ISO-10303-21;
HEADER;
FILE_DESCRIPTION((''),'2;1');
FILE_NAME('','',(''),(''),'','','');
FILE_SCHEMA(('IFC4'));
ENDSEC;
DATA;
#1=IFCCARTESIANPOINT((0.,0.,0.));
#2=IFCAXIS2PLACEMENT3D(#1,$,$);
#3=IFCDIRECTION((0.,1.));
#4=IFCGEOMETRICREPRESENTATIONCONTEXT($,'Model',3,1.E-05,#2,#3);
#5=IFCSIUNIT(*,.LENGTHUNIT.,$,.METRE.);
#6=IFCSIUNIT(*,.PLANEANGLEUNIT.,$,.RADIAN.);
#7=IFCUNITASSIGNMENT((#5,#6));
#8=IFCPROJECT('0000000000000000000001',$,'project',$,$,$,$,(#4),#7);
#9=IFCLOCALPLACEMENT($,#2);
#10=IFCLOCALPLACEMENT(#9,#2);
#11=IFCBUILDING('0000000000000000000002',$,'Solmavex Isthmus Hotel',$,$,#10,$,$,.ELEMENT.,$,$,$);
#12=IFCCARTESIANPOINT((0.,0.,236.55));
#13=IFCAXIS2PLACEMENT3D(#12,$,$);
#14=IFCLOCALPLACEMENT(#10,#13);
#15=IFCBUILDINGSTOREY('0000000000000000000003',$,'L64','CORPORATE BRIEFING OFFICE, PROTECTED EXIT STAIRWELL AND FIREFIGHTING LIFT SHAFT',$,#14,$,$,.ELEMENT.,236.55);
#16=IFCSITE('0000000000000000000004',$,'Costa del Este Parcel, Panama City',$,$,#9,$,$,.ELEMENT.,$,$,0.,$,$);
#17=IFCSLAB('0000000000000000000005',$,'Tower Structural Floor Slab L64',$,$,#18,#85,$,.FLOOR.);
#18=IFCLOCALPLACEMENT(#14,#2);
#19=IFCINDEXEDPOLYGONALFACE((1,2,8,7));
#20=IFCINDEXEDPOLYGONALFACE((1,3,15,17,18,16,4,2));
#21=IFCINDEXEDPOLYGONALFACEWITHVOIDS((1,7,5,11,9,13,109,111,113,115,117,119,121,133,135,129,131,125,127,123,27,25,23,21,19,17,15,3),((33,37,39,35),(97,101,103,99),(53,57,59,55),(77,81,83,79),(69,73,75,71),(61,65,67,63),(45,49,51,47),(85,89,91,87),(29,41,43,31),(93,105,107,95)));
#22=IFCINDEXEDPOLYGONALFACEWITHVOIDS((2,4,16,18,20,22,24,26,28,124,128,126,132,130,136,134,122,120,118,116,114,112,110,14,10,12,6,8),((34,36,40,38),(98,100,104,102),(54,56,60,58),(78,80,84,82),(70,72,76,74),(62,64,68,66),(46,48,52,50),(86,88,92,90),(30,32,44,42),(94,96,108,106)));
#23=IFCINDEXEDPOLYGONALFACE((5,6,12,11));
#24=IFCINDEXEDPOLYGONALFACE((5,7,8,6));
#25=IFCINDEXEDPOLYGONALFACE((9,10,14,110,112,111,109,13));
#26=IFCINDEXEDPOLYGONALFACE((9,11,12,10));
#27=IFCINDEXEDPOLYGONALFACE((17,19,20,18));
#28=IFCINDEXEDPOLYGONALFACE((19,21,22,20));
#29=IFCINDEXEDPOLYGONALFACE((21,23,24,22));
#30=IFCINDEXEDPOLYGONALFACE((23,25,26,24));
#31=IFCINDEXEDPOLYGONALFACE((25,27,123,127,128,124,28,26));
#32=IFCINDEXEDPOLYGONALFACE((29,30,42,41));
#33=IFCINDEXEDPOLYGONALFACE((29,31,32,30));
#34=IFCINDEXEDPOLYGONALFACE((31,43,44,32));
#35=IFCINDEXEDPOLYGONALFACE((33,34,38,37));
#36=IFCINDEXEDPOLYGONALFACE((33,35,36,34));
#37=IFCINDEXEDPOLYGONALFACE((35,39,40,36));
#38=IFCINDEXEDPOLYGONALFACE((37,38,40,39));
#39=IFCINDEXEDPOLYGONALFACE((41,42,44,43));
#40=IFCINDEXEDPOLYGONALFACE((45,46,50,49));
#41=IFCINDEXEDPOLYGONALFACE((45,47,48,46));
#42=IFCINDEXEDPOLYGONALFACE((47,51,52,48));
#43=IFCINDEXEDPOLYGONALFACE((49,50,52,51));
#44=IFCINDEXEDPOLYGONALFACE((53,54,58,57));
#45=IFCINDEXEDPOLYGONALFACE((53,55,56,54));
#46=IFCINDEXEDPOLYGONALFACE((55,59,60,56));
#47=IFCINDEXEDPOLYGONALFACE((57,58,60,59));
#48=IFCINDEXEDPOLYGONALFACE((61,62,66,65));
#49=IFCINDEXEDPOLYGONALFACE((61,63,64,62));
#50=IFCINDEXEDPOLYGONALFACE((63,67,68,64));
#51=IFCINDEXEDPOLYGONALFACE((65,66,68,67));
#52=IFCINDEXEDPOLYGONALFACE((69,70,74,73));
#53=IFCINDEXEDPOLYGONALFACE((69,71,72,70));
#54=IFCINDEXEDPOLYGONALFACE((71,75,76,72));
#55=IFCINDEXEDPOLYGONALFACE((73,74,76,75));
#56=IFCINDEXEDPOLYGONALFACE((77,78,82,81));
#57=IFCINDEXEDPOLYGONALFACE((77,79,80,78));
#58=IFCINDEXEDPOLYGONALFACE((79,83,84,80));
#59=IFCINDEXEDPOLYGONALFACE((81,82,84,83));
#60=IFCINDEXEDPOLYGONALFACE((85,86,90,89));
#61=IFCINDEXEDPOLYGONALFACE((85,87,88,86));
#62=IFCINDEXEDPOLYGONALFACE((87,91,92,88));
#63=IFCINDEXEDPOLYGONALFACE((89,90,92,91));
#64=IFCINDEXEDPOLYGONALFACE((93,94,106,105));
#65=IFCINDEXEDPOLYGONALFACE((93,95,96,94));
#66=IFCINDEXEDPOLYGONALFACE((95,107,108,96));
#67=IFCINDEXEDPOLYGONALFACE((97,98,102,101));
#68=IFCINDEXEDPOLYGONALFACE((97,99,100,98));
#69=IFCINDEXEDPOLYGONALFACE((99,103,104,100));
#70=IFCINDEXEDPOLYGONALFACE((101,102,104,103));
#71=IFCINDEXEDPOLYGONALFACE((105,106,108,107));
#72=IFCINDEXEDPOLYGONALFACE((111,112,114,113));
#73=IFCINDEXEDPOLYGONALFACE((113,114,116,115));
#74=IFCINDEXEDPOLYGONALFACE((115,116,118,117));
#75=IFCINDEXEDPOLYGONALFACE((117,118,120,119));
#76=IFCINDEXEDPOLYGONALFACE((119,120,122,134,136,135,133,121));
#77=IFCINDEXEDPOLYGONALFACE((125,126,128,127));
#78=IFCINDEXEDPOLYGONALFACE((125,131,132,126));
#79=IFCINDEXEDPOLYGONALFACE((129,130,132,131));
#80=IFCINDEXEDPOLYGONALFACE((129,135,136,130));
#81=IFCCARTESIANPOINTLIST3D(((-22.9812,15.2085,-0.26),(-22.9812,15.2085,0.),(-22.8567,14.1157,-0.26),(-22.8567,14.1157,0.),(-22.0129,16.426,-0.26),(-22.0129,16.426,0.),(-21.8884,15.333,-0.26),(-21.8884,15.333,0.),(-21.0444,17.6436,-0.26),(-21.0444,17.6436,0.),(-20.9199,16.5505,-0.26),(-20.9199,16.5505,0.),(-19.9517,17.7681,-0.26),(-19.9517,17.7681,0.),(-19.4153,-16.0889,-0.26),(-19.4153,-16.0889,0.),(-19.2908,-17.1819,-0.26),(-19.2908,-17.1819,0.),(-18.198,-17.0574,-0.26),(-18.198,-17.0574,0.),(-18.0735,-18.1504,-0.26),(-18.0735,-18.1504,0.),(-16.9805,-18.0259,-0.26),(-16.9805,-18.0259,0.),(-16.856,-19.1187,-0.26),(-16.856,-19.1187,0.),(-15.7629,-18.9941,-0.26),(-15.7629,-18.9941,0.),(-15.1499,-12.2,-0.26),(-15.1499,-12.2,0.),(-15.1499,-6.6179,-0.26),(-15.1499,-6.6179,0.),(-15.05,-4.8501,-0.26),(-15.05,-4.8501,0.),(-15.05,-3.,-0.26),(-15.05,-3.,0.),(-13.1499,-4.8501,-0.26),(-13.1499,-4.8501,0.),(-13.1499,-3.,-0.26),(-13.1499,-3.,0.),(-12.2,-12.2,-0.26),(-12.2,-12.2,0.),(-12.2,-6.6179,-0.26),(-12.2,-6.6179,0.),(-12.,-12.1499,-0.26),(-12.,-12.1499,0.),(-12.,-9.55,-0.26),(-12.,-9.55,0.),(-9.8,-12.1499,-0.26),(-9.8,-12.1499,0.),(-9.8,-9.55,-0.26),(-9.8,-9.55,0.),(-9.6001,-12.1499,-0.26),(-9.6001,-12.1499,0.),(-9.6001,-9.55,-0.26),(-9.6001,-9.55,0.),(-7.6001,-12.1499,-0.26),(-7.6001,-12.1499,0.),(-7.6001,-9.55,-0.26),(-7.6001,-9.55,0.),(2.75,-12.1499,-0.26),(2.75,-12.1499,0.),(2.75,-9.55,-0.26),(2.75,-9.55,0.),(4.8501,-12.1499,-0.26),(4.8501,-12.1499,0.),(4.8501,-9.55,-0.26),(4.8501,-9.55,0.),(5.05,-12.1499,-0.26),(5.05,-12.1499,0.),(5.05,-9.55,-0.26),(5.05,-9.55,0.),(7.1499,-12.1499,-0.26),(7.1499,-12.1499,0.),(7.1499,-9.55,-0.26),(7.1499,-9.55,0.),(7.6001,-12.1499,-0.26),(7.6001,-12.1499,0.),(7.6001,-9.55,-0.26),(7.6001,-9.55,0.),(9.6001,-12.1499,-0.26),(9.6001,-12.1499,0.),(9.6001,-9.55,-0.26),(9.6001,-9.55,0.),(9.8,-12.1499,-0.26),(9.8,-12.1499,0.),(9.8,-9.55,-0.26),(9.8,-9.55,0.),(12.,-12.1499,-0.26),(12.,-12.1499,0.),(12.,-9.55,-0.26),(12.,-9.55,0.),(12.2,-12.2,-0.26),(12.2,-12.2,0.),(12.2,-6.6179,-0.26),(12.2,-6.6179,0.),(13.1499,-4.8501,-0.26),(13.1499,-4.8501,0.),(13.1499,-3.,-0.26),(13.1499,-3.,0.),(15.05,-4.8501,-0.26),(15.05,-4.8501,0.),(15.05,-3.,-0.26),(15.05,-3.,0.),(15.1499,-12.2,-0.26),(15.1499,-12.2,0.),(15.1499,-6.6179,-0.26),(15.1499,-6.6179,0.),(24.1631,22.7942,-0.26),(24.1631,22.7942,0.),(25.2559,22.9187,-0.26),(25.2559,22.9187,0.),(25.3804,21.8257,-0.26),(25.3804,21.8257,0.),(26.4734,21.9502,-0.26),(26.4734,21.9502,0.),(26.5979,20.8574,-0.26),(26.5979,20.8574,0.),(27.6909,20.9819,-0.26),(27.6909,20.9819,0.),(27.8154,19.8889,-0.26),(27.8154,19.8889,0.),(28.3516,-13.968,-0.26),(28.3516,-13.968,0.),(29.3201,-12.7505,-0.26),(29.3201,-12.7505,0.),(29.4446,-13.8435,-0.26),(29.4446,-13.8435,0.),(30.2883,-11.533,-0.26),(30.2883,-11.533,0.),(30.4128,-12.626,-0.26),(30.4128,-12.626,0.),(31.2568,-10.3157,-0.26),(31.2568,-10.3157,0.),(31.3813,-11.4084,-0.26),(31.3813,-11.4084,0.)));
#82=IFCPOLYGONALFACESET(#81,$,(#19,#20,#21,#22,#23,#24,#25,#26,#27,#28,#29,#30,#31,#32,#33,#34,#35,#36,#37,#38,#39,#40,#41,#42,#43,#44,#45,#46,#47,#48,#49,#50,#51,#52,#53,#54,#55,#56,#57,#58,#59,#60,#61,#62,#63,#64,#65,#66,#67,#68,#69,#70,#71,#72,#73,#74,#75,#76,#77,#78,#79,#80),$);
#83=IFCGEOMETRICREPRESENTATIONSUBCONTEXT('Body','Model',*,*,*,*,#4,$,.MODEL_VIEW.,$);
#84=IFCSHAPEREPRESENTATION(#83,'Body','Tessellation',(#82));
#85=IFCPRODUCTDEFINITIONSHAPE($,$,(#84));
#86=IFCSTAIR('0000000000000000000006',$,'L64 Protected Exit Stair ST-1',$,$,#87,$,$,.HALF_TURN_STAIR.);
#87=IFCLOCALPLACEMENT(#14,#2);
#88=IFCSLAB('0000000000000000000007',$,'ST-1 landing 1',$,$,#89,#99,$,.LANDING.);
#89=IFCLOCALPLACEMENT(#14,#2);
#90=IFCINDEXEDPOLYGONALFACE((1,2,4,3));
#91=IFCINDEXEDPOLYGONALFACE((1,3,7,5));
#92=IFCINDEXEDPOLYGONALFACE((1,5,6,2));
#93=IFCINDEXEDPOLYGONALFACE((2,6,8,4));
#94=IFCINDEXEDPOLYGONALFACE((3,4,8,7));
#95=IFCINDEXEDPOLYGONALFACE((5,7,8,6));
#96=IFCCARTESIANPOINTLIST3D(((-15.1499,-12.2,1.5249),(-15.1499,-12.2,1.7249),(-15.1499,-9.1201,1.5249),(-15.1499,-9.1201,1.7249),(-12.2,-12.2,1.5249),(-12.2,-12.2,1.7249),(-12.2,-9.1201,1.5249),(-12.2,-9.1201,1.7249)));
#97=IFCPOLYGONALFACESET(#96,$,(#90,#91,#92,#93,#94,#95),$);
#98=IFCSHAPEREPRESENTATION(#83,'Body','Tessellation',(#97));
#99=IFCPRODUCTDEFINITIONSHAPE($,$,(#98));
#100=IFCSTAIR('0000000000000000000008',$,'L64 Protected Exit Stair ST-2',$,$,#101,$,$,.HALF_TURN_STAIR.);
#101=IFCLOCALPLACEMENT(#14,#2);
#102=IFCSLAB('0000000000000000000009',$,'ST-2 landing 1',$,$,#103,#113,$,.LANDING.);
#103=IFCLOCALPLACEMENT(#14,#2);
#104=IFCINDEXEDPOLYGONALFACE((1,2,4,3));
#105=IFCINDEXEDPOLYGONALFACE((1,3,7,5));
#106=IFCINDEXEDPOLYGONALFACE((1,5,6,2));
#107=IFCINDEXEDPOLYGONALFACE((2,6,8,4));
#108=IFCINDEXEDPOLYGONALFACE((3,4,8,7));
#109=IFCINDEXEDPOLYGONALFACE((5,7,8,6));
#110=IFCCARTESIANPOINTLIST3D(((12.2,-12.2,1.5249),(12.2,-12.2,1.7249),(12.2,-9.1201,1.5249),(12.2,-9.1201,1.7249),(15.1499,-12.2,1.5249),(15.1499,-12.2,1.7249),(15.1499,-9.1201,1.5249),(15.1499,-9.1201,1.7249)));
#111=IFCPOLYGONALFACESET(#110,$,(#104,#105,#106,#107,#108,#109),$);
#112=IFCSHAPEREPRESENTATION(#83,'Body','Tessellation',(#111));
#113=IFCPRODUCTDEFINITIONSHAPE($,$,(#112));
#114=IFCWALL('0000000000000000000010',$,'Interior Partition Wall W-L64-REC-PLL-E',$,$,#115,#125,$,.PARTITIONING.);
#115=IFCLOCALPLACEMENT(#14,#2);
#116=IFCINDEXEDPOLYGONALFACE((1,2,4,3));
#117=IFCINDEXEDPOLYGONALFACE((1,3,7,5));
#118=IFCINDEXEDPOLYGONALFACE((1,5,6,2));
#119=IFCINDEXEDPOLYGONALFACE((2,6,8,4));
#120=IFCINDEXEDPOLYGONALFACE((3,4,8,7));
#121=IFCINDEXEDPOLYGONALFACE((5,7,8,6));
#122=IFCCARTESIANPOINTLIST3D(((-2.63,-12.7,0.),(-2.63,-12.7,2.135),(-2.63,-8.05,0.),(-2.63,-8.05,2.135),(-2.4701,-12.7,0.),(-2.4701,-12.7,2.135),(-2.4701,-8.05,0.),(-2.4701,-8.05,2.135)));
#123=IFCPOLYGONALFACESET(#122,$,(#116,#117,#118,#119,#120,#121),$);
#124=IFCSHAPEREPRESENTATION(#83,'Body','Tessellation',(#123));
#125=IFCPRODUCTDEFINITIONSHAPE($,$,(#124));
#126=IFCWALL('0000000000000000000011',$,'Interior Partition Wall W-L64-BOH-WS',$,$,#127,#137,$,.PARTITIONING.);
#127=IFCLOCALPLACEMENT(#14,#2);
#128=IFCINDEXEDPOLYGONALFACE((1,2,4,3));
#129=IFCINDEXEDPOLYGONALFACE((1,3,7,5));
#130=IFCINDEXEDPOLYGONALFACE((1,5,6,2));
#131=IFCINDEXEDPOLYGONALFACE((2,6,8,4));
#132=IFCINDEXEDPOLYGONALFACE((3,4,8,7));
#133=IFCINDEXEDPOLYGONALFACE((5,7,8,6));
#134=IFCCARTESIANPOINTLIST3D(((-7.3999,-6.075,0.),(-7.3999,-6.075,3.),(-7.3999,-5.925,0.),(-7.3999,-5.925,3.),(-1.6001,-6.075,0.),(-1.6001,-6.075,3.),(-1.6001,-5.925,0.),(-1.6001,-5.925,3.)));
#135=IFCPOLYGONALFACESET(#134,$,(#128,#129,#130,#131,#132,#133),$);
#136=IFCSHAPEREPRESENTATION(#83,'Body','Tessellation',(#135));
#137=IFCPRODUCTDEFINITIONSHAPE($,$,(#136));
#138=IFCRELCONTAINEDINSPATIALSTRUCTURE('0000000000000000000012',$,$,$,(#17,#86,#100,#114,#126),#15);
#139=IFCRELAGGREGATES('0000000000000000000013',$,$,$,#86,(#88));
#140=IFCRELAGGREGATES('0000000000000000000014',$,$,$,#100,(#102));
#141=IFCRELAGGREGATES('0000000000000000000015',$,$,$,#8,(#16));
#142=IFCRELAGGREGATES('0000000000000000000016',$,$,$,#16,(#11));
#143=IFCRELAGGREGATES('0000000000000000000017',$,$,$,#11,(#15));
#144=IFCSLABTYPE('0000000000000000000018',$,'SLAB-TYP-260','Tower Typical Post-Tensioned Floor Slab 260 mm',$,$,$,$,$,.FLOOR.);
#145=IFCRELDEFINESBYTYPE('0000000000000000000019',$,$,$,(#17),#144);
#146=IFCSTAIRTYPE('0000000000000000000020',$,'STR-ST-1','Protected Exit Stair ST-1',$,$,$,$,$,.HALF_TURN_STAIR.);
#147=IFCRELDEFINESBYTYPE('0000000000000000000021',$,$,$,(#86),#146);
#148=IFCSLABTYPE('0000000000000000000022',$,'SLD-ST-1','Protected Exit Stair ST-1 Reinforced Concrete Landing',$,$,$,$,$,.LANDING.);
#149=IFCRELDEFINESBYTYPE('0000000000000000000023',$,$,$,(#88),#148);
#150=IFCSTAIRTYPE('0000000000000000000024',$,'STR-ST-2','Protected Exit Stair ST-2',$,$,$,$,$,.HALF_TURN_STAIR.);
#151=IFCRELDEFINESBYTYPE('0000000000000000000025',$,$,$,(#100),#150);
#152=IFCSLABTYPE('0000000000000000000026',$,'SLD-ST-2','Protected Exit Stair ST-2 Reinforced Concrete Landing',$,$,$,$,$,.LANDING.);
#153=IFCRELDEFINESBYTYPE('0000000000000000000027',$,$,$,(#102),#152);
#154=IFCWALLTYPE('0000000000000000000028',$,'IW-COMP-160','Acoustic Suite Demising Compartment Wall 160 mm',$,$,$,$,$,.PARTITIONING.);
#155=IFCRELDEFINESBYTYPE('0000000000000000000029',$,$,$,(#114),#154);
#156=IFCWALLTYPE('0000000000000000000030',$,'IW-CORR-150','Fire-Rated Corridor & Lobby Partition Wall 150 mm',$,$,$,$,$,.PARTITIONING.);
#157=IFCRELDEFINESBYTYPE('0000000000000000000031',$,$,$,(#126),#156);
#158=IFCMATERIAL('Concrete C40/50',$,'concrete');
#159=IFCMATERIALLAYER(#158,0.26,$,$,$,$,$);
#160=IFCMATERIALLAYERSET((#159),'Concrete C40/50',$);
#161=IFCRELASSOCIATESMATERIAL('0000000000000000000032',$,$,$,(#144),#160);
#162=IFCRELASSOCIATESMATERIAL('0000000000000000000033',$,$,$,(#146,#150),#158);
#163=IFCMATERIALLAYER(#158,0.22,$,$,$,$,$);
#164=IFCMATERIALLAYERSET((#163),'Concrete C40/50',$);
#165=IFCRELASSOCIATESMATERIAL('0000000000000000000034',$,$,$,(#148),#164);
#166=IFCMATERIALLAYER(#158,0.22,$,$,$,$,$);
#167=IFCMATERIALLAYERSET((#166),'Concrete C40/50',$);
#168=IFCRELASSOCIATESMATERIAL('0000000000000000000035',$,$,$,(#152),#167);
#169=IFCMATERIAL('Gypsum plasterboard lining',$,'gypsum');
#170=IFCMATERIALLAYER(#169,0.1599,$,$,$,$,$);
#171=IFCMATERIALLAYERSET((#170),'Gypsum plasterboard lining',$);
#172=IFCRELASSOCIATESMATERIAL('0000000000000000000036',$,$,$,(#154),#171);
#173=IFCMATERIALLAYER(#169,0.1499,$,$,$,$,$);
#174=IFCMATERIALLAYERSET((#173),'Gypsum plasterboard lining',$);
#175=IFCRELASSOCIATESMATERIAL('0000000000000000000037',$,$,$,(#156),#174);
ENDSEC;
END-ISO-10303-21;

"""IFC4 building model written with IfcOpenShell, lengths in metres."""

from ifc_helpers import new_model, si_unit, direction, frame, frame_2d, origin, place, context, subcontext, project, spatial, polyline, rectangle, outline, extrude, material, layer, layer_set, type_object, element, aggregate, save


model = new_model("IFC4")

# Units and contexts
model_context = context("Model", 3, precision=1e-05, world=origin(), true_north=direction((0.0, 1.0)))
body_context = subcontext(model_context, "Body", "Model", "MODEL_VIEW")
ifc_project = project(units=[si_unit("LENGTHUNIT", "METRE"), si_unit("PLANEANGLEUNIT", "RADIAN")], contexts=[model_context])

# Site, building, storey
site_placement = place(None, origin())
site = spatial("IfcSite", under=ifc_project, at=site_placement, Name="Costa del Este Parcel, Panama City", CompositionType="ELEMENT", RefElevation=0.0)
building_placement = place(site_placement, origin())
building = spatial("IfcBuilding", under=site, at=building_placement, Name="Solmavex Isthmus Hotel", CompositionType="ELEMENT")
storey_placement = place(building_placement, frame((0.0, 0.0, 236.55)))
storey = spatial("IfcBuildingStorey", under=building, at=storey_placement, Name="L64", Description="CORPORATE BRIEFING OFFICE, PROTECTED EXIT STAIRWELL AND FIREFIGHTING LIFT SHAFT", CompositionType="ELEMENT", Elevation=236.55)

# Slab
ifc_material_1 = material(Name="Concrete C40/50", Category="concrete")
ifc_layer_1 = layer(ifc_material_1, 0.26)
ifc_layer_set_1 = layer_set([ifc_layer_1], Name="Concrete C40/50")
slab_type_1 = type_object("IfcSlabType", Name="SLAB-TYP-260", Description="Tower Typical Post-Tensioned Floor Slab 260 mm", PredefinedType="FLOOR", material=ifc_layer_set_1)
slab_1_placement = place(storey_placement, frame((0.0, 0.0, -0.26)))
element("IfcSlab", 1, at=slab_1_placement, inside=storey, type_object=slab_type_1, Name="Tower Structural Floor Slab L64", PredefinedType="FLOOR", context=body_context, shape_type="SweptSolid", body=[
    extrude(outline(polyline([(-15.7629, -18.9941), (28.3516, -13.968), (29.4446, -13.8435), (29.3201, -12.7505), (30.4128, -12.626), (30.2883, -11.533), (31.3813, -11.4084), (31.2568, -10.3157), (27.8154, 19.8889), (27.6909, 20.9819), (26.5979, 20.8574), (26.4734, 21.9502), (25.3804, 21.8257), (25.2559, 22.9187), (24.1631, 22.7942), (-19.9517, 17.7681), (-21.0444, 17.6436), (-20.9199, 16.5505), (-22.0129, 16.426), (-21.8884, 15.333), (-22.9812, 15.2085), (-22.8567, 14.1157), (-19.4153, -16.0889), (-19.2908, -17.1819), (-18.198, -17.0574), (-18.0735, -18.1504), (-16.9805, -18.0259), (-16.856, -19.1187), (-15.7629, -18.9941)]), holes=[polyline([(-15.1499, -6.6179), (-15.1499, -12.2), (-12.2, -12.2), (-12.2, -6.6179), (-15.1499, -6.6179)]), polyline([(12.2, -6.6179), (12.2, -12.2), (15.1499, -12.2), (15.1499, -6.6179), (12.2, -6.6179)]), polyline([(-12.0, -12.1499), (-9.8, -12.1499), (-9.8, -9.55), (-12.0, -9.55), (-12.0, -12.1499)]), polyline([(9.8, -12.1499), (12.0, -12.1499), (12.0, -9.55), (9.8, -9.55), (9.8, -12.1499)]), polyline([(-9.6001, -12.1499), (-7.6001, -12.1499), (-7.6001, -9.55), (-9.6001, -9.55), (-9.6001, -12.1499)]), polyline([(7.6001, -12.1499), (9.6001, -12.1499), (9.6001, -9.55), (7.6001, -9.55), (7.6001, -12.1499)]), polyline([(2.75, -12.1499), (4.8501, -12.1499), (4.8501, -9.55), (2.75, -9.55), (2.75, -12.1499)]), polyline([(5.05, -12.1499), (7.1499, -12.1499), (7.1499, -9.55), (5.05, -9.55), (5.05, -12.1499)]), polyline([(-15.05, -4.8501), (-13.1499, -4.8501), (-13.1499, -3.0), (-15.05, -3.0), (-15.05, -4.8501)]), polyline([(13.1499, -4.8501), (15.05, -4.8501), (15.05, -3.0), (13.1499, -3.0), (13.1499, -4.8501)])]), origin(), (0.0, 0.0, 1.0), 0.26),
])

# Stairs, slabs
stair_type_1 = type_object("IfcStairType", Name="STR-ST-1", Description="Protected Exit Stair ST-1", PredefinedType="HALF_TURN_STAIR", material=ifc_material_1)
stair_1_placement = place(storey_placement, origin())
stair_1 = element("IfcStair", 2, at=stair_1_placement, inside=storey, type_object=stair_type_1, Name="L64 Protected Exit Stair ST-1", PredefinedType="HALF_TURN_STAIR")
ifc_layer_2 = layer(ifc_material_1, 0.22)
ifc_layer_set_2 = layer_set([ifc_layer_2], Name="Concrete C40/50")
slab_type_2 = type_object("IfcSlabType", Name="SLD-ST-1", Description="Protected Exit Stair ST-1 Reinforced Concrete Landing", PredefinedType="LANDING", material=ifc_layer_set_2)
slab_2_placement = place(storey_placement, frame((0.0, 0.0, 1.5249)))
slab_2 = element("IfcSlab", 3, at=slab_2_placement, type_object=slab_type_2, Name="ST-1 landing 1", PredefinedType="LANDING", context=body_context, shape_type="SweptSolid", body=[
    extrude(outline(polyline([(-15.1499, -9.1201), (-15.1499, -12.2), (-12.2, -12.2), (-12.2, -9.1201), (-15.1499, -9.1201)])), origin(), (0.0, 0.0, 1.0), 0.2),
])
aggregate(stair_1, [slab_2])
stair_type_2 = type_object("IfcStairType", Name="STR-ST-2", Description="Protected Exit Stair ST-2", PredefinedType="HALF_TURN_STAIR", material=ifc_material_1)
stair_2_placement = place(storey_placement, origin())
stair_2 = element("IfcStair", 4, at=stair_2_placement, inside=storey, type_object=stair_type_2, Name="L64 Protected Exit Stair ST-2", PredefinedType="HALF_TURN_STAIR")
ifc_layer_3 = layer(ifc_material_1, 0.22)
ifc_layer_set_3 = layer_set([ifc_layer_3], Name="Concrete C40/50")
slab_type_3 = type_object("IfcSlabType", Name="SLD-ST-2", Description="Protected Exit Stair ST-2 Reinforced Concrete Landing", PredefinedType="LANDING", material=ifc_layer_set_3)
slab_3_placement = place(storey_placement, frame((0.0, 0.0, 1.5249)))
slab_3 = element("IfcSlab", 5, at=slab_3_placement, type_object=slab_type_3, Name="ST-2 landing 1", PredefinedType="LANDING", context=body_context, shape_type="SweptSolid", body=[
    extrude(outline(polyline([(12.2, -9.1201), (12.2, -12.2), (15.1499, -12.2), (15.1499, -9.1201), (12.2, -9.1201)])), origin(), (0.0, 0.0, 1.0), 0.2),
])
aggregate(stair_2, [slab_3])

# Shared definitions
ifc_material_2 = material(Name="Gypsum plasterboard lining", Category="gypsum")
ifc_layer_4 = layer(ifc_material_2, 0.1599)
ifc_layer_set_4 = layer_set([ifc_layer_4], Name="Gypsum plasterboard lining")
wall_type_1 = type_object("IfcWallType", Name="IW-COMP-160", Description="Acoustic Suite Demising Compartment Wall 160 mm", PredefinedType="PARTITIONING", material=ifc_layer_set_4)

# Wall
wall_1_placement = place(storey_placement, frame((-2.55, -12.7, 0.0), z_axis=(0.0, 0.0, 1.0), x_axis=(0.0, 1.0, 0.0)))
element("IfcWall", 6, at=wall_1_placement, inside=storey, type_object=wall_type_1, Name="Interior Partition Wall W-L64-REC-PLL-E", PredefinedType="PARTITIONING", context=body_context, shape_type="SweptSolid", body=[
    extrude(rectangle(XDim=4.6499, YDim=0.1599, at=frame_2d((2.325, 0.0))), origin(), (0.0, 0.0, 1.0), 2.135),
])

# Wall
ifc_layer_5 = layer(ifc_material_2, 0.1499)
ifc_layer_set_5 = layer_set([ifc_layer_5], Name="Gypsum plasterboard lining")
wall_type_2 = type_object("IfcWallType", Name="IW-CORR-150", Description="Fire-Rated Corridor & Lobby Partition Wall 150 mm", PredefinedType="PARTITIONING", material=ifc_layer_set_5)
wall_2_placement = place(storey_placement, frame((-7.3999, -6.0, 0.0), z_axis=(0.0, 0.0, 1.0), x_axis=(1.0, 0.0, 0.0)))
element("IfcWall", 7, at=wall_2_placement, inside=storey, type_object=wall_type_2, Name="Interior Partition Wall W-L64-BOH-WS", PredefinedType="PARTITIONING", context=body_context, shape_type="SweptSolid", body=[
    extrude(rectangle(XDim=5.7998, YDim=0.1499, at=frame_2d((2.8999, 0.0))), origin(), (0.0, 0.0, 1.0), 3.0),
])

save(model, "model.ifc")
